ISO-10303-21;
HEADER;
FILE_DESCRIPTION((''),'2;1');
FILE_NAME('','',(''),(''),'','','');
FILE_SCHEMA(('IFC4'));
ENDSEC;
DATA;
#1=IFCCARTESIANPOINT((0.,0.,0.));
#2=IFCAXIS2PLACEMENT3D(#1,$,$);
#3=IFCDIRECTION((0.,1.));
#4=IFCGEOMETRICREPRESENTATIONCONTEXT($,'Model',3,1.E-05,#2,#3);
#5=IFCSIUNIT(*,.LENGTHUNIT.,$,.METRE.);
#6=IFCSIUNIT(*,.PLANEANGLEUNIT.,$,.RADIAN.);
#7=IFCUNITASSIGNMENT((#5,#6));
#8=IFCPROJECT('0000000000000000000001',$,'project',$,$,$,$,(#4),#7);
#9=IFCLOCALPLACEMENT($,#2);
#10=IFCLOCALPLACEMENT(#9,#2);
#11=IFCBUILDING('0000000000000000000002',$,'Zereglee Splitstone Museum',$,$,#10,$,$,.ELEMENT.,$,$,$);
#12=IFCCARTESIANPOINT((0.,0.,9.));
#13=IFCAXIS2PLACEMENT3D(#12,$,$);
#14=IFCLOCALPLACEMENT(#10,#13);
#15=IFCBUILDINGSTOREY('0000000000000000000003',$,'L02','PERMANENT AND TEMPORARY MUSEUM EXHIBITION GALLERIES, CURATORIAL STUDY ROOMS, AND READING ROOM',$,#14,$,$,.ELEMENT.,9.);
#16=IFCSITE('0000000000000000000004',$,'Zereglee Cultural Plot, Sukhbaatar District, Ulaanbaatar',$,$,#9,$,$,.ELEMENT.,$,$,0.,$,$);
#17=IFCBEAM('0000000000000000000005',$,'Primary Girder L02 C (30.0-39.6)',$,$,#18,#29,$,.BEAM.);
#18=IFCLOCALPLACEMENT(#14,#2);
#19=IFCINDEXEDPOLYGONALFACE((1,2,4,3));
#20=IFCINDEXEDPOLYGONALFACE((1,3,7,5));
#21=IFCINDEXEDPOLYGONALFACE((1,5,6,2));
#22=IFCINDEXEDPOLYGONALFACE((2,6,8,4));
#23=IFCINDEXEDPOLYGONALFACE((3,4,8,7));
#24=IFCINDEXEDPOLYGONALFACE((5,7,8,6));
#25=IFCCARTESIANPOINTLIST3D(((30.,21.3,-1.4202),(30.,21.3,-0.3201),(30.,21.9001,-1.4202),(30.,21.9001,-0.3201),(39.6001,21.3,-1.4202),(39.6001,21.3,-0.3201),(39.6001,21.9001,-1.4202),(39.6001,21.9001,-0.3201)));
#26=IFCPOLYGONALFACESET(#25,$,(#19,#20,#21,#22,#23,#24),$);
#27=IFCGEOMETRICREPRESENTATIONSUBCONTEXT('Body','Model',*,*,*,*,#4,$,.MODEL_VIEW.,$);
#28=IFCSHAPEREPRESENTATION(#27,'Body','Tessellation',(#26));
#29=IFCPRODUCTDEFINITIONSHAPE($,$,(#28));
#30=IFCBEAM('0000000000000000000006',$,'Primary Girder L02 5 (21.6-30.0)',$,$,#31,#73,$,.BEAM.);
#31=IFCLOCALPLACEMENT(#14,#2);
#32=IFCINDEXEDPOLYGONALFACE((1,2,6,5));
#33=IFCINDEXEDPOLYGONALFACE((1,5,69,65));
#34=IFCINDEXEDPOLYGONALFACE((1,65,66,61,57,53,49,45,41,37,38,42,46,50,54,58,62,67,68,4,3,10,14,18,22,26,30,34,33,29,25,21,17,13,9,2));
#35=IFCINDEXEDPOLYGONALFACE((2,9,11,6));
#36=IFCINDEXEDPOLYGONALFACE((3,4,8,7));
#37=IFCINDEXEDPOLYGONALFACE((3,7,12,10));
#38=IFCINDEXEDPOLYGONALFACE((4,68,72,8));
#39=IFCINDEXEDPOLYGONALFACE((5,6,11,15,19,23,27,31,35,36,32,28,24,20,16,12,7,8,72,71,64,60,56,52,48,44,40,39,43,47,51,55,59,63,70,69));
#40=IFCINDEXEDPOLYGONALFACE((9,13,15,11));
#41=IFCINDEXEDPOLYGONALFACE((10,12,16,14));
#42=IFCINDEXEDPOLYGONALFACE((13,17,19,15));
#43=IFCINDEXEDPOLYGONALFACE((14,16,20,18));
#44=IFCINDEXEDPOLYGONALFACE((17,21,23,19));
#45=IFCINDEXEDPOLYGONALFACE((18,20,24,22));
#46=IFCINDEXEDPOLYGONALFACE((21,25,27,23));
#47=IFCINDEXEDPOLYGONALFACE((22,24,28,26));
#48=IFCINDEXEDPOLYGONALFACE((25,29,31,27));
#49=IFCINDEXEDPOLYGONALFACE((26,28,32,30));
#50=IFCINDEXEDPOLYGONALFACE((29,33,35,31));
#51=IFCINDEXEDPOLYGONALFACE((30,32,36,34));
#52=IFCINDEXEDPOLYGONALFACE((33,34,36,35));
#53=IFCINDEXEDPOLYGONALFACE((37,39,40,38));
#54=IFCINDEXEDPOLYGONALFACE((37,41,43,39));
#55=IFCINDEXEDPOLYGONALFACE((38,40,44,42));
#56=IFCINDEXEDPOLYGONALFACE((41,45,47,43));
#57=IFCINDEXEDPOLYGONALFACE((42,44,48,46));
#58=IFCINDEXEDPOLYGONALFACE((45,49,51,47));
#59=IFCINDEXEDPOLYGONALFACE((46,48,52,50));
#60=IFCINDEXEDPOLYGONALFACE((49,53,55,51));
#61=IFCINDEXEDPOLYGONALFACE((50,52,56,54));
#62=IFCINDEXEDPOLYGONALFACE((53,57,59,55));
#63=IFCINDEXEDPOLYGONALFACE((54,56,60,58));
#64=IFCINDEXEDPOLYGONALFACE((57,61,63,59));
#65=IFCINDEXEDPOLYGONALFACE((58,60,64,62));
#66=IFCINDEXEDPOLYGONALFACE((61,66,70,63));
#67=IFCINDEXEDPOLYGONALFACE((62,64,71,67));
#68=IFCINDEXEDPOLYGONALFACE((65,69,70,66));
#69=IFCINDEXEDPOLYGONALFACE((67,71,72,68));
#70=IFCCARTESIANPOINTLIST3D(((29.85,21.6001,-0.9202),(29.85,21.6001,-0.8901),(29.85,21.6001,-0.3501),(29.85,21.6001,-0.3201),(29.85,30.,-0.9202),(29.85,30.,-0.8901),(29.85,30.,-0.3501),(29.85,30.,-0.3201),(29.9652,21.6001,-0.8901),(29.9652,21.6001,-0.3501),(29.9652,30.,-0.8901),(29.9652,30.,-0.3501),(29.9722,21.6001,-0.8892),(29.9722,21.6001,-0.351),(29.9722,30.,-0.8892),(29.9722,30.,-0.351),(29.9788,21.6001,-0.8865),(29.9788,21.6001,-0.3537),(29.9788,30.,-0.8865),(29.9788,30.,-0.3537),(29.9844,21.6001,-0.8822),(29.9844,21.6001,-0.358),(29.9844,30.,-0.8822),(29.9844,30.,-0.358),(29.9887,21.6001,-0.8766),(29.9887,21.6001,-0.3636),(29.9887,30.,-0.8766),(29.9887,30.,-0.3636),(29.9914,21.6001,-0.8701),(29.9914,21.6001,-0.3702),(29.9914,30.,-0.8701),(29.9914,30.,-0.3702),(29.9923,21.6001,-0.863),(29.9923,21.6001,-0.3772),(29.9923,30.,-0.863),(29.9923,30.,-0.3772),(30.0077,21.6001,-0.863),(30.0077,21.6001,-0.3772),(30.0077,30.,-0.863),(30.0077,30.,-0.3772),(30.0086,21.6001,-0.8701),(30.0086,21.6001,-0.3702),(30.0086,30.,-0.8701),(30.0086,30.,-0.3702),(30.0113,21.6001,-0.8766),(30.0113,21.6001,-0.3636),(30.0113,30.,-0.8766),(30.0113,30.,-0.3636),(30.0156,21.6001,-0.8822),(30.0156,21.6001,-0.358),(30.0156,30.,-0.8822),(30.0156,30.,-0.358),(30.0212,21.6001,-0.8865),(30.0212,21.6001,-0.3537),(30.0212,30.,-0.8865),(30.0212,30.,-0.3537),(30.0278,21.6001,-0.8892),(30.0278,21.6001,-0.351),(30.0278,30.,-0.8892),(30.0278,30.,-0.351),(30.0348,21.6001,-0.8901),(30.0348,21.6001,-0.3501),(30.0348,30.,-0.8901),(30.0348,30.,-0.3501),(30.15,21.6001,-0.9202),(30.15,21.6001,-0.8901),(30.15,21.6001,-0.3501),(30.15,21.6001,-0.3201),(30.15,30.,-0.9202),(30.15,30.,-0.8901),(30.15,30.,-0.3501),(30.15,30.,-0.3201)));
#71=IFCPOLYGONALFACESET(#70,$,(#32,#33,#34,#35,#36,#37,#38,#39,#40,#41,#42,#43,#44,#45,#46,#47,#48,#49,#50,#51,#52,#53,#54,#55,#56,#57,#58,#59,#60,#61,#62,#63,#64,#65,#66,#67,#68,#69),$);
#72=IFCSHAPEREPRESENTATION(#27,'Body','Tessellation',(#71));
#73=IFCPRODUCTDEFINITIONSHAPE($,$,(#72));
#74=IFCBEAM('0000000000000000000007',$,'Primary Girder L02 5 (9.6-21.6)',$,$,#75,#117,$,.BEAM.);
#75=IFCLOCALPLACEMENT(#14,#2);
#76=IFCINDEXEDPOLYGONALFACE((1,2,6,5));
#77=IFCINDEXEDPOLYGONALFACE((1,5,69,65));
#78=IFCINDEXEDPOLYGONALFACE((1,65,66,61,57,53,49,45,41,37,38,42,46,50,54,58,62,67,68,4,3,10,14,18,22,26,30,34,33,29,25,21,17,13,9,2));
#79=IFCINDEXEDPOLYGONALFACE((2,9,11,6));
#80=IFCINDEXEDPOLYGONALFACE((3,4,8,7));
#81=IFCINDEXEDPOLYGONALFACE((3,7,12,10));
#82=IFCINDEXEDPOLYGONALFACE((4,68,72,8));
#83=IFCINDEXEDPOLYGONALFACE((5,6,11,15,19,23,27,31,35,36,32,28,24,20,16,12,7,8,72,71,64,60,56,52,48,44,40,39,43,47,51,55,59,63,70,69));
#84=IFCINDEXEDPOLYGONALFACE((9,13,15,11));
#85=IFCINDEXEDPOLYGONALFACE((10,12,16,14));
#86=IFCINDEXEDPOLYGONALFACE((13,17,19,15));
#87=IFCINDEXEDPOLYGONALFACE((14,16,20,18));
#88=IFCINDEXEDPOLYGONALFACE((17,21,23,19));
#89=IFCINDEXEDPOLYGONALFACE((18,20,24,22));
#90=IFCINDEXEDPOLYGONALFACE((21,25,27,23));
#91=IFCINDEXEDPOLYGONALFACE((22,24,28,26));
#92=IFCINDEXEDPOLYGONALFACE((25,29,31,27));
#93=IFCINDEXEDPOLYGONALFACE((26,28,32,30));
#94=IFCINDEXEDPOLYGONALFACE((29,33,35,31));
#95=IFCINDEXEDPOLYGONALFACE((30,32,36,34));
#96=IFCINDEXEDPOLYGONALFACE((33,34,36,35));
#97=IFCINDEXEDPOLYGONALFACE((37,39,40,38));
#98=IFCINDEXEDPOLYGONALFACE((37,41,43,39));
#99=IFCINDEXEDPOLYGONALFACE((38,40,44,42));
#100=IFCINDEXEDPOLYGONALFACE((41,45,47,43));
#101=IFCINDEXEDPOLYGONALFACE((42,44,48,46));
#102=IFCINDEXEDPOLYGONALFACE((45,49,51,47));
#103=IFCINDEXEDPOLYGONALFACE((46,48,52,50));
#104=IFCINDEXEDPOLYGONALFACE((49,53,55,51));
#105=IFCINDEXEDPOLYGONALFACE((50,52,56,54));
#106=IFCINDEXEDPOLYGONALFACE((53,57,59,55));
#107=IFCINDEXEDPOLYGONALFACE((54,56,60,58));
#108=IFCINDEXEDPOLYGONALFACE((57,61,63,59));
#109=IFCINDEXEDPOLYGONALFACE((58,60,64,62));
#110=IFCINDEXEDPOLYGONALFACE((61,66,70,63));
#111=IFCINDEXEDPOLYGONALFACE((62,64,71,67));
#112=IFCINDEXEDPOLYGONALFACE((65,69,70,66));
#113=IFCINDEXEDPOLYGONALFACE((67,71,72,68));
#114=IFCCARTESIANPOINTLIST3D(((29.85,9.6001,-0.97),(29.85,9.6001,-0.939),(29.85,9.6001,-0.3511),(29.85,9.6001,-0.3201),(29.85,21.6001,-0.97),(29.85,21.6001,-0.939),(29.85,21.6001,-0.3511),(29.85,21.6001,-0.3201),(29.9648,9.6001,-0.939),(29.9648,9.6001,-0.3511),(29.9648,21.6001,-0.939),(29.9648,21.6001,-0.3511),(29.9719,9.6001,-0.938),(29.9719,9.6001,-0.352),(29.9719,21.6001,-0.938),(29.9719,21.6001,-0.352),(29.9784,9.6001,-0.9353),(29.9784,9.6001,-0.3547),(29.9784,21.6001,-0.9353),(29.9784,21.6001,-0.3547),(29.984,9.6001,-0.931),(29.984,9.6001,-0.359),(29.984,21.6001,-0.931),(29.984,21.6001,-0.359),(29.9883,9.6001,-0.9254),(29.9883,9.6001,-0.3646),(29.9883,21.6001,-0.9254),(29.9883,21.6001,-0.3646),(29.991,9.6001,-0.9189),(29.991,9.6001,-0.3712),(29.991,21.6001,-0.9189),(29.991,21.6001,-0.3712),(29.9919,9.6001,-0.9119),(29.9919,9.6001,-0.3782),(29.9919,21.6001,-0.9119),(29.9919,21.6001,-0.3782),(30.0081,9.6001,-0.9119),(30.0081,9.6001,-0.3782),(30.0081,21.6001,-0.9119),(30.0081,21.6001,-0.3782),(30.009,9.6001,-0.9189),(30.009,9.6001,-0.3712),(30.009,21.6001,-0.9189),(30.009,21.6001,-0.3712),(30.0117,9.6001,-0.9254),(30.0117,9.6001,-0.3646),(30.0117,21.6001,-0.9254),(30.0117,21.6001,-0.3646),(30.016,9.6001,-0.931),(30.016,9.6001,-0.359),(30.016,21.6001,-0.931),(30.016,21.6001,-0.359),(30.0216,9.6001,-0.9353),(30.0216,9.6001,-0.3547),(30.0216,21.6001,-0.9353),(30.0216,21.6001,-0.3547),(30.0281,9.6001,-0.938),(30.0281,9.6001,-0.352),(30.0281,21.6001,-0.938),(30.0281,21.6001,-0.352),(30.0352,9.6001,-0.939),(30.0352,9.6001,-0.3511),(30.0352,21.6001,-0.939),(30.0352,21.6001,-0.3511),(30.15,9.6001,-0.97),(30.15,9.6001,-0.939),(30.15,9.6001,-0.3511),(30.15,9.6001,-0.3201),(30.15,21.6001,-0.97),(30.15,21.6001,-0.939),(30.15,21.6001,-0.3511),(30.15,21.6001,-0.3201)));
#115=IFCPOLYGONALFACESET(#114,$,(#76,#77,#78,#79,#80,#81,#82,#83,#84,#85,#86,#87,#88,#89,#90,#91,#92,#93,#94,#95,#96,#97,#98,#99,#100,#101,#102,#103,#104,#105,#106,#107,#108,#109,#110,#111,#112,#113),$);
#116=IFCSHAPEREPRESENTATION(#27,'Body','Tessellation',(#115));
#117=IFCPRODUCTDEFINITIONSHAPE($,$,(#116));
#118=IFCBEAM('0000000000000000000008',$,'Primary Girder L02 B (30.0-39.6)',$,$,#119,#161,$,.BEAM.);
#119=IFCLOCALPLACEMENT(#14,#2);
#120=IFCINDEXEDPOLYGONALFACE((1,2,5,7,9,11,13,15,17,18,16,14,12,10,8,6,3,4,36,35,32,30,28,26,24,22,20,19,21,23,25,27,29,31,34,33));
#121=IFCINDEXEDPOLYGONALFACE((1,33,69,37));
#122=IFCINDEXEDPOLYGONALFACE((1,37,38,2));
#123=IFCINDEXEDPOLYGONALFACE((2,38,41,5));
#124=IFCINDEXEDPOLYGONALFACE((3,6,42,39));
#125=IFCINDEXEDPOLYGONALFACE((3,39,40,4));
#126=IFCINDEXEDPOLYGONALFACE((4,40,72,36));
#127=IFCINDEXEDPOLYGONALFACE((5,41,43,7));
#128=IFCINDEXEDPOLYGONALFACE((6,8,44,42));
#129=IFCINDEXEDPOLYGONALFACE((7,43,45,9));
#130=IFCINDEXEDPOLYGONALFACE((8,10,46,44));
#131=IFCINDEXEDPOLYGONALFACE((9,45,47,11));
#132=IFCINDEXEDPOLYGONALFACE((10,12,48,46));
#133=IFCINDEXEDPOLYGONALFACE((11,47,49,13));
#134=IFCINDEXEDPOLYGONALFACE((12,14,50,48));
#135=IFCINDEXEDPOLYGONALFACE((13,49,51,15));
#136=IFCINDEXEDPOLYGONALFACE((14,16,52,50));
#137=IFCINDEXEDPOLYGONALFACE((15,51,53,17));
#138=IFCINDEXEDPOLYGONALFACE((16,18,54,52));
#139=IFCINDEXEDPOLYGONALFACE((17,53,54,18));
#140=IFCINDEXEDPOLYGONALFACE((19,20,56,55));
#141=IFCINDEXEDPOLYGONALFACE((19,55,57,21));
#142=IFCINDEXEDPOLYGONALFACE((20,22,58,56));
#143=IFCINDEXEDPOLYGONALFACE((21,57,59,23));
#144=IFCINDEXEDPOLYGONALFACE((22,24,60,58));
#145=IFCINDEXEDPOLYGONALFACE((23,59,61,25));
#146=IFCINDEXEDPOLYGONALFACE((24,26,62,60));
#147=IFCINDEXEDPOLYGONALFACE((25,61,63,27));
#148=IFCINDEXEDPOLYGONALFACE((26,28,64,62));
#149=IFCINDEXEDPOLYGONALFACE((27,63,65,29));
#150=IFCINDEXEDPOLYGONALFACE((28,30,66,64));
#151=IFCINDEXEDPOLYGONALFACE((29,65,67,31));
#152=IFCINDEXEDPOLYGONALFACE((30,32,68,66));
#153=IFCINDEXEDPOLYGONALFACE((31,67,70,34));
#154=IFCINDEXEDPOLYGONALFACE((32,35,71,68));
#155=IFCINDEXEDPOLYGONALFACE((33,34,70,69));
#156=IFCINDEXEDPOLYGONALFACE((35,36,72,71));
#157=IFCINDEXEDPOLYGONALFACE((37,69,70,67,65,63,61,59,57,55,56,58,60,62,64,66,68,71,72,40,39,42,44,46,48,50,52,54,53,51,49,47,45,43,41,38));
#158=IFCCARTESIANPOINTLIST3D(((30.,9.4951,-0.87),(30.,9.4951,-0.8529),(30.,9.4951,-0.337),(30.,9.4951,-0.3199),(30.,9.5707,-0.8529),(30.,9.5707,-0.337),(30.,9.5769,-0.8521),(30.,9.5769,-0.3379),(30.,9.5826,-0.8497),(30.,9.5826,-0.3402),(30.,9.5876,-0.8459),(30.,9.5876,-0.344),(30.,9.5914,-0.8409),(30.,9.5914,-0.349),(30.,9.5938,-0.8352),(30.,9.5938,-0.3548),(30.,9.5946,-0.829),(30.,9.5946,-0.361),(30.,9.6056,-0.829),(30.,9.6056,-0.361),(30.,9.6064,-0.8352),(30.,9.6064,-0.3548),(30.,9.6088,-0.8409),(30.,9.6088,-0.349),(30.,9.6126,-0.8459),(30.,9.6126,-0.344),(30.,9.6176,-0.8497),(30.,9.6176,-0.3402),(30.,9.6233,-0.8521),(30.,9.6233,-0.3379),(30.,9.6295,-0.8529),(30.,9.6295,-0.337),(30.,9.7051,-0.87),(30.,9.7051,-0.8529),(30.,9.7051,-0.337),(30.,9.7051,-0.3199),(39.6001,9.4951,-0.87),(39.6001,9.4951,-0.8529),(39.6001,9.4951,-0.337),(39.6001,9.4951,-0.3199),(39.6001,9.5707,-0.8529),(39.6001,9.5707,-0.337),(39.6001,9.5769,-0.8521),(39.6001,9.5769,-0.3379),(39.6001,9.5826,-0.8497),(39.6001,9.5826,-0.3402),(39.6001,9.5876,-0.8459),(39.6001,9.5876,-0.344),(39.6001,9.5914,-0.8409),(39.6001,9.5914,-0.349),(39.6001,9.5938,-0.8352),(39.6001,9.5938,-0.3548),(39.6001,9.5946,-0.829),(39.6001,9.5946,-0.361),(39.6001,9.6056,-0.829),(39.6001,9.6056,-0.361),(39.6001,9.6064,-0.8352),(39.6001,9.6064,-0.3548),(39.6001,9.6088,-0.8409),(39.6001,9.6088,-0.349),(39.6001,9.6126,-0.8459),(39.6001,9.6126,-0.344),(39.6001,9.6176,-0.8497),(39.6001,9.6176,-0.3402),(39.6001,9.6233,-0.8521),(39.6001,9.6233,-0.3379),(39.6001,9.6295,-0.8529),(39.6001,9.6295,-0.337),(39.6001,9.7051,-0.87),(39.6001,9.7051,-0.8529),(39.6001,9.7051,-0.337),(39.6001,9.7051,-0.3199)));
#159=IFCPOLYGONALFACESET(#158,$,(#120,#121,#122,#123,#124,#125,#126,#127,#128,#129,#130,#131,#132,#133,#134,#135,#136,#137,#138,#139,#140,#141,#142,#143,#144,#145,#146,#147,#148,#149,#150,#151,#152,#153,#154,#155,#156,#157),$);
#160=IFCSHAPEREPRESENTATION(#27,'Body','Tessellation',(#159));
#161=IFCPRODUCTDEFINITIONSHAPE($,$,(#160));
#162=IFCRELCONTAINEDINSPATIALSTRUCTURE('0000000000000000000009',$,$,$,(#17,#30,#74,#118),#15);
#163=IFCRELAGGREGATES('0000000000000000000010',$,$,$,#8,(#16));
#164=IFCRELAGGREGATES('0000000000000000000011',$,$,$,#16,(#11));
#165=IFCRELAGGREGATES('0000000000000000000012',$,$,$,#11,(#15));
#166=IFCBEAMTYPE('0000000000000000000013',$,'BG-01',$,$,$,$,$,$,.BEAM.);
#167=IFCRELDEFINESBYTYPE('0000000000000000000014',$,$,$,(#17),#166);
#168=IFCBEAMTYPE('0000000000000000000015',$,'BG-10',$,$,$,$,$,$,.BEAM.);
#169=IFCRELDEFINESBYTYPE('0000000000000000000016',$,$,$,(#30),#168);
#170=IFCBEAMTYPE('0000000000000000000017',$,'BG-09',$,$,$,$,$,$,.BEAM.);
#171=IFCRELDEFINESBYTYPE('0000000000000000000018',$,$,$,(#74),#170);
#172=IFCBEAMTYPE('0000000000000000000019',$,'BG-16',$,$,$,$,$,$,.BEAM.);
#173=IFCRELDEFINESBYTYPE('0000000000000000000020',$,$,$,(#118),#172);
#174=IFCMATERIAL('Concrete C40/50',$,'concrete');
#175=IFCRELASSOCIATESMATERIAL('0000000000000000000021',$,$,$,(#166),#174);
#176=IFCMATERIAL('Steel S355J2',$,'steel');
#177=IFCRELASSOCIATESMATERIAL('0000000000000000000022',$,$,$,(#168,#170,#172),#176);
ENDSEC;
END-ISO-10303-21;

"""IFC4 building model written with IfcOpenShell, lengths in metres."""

from ifc_helpers import new_model, si_unit, direction, frame, origin, origin_2d, place, context, subcontext, project, spatial, rectangle, i_section, extrude, material, material_profile, profile_set, type_object, element, save


model = new_model("IFC4")

# Units and contexts
model_context = context("Model", 3, precision=1e-05, world=origin(), true_north=direction((0.0, 1.0)))
body_context = subcontext(model_context, "Body", "Model", "MODEL_VIEW")
ifc_project = project(units=[si_unit("LENGTHUNIT", "METRE"), si_unit("PLANEANGLEUNIT", "RADIAN")], contexts=[model_context])

# Site, building, storey
site_placement = place(None, origin())
site = spatial("IfcSite", under=ifc_project, at=site_placement, Name="Zereglee Cultural Plot, Sukhbaatar District, Ulaanbaatar", CompositionType="ELEMENT", RefElevation=0.0)
building_placement = place(site_placement, origin())
building = spatial("IfcBuilding", under=site, at=building_placement, Name="Zereglee Splitstone Museum", CompositionType="ELEMENT")
storey_placement = place(building_placement, frame((0.0, 0.0, 9.0)))
storey = spatial("IfcBuildingStorey", under=building, at=storey_placement, Name="L02", Description="PERMANENT AND TEMPORARY MUSEUM EXHIBITION GALLERIES, CURATORIAL STUDY ROOMS, AND READING ROOM", CompositionType="ELEMENT", Elevation=9.0)

# Shared definitions
ifc_material_1 = material(Name="Steel S355J2", Category="steel")

# Beams
ifc_material_2 = material(Name="Concrete C40/50", Category="concrete")
ifc_material_profile_1 = material_profile(ifc_material_2, rectangle(XDim=0.6001, YDim=1.1001, at=origin_2d()), Name="RC 600x1100")
ifc_profile_set_1 = profile_set([ifc_material_profile_1], Name="Concrete C40/50")
beam_type_1 = type_object("IfcBeamType", Name="BG-01", PredefinedType="BEAM", material=ifc_profile_set_1)
beam_1_placement = place(storey_placement, frame((30.0, 21.6001, -0.8701), z_axis=(1.0, 0.0, 0.0), x_axis=(0.0, 1.0, 0.0)))
element("IfcBeam", 1, at=beam_1_placement, inside=storey, type_object=beam_type_1, Name="Primary Girder L02 C (30.0-39.6)", PredefinedType="BEAM", context=body_context, shape_type="SweptSolid", body=[
    extrude(rectangle(XDim=0.6001, YDim=1.1001, at=origin_2d()), origin(), (0.0, 0.0, 1.0), 9.6001),
])
ifc_material_profile_2 = material_profile(ifc_material_1, i_section(OverallWidth=0.3, OverallDepth=0.6001, WebThickness=0.0154, FlangeThickness=0.03, FilletRadius=0.0271, at=origin_2d()), Name="HE 600 B")
ifc_profile_set_2 = profile_set([ifc_material_profile_2], Name="Steel S355J2")
beam_type_2 = type_object("IfcBeamType", Name="BG-10", PredefinedType="BEAM", material=ifc_profile_set_2)
beam_2_placement = place(storey_placement, frame((30.0, 21.6001, -0.6201), z_axis=(0.0, 1.0, 0.0), x_axis=(-1.0, 0.0, 0.0)))
element("IfcBeam", 2, at=beam_2_placement, inside=storey, type_object=beam_type_2, Name="Primary Girder L02 5 (21.6-30.0)", PredefinedType="BEAM", context=body_context, shape_type="SweptSolid", body=[
    extrude(i_section(OverallWidth=0.3, OverallDepth=0.6001, WebThickness=0.0154, FlangeThickness=0.03, FilletRadius=0.0271, at=origin_2d()), origin(), (0.0, 0.0, 1.0), 8.3999),
])
ifc_material_profile_3 = material_profile(ifc_material_1, i_section(OverallWidth=0.3, OverallDepth=0.6499, WebThickness=0.0161, FlangeThickness=0.031, FilletRadius=0.0271, at=origin_2d()), Name="HE 650 B")
ifc_profile_set_3 = profile_set([ifc_material_profile_3], Name="Steel S355J2")
beam_type_3 = type_object("IfcBeamType", Name="BG-09", PredefinedType="BEAM", material=ifc_profile_set_3)
beam_3_placement = place(storey_placement, frame((30.0, 9.6001, -0.645), z_axis=(0.0, 1.0, 0.0), x_axis=(-1.0, 0.0, 0.0)))
element("IfcBeam", 3, at=beam_3_placement, inside=storey, type_object=beam_type_3, Name="Primary Girder L02 5 (9.6-21.6)", PredefinedType="BEAM", context=body_context, shape_type="SweptSolid", body=[
    extrude(i_section(OverallWidth=0.3, OverallDepth=0.6499, WebThickness=0.0161, FlangeThickness=0.031, FilletRadius=0.0271, at=origin_2d()), origin(), (0.0, 0.0, 1.0), 12.0),
])
ifc_material_profile_4 = material_profile(ifc_material_1, i_section(OverallWidth=0.21, OverallDepth=0.55, WebThickness=0.011, FlangeThickness=0.0171, FilletRadius=0.0239, at=origin_2d()), Name="IPE 550")
ifc_profile_set_4 = profile_set([ifc_material_profile_4], Name="Steel S355J2")
beam_type_4 = type_object("IfcBeamType", Name="BG-16", PredefinedType="BEAM", material=ifc_profile_set_4)
beam_4_placement = place(storey_placement, frame((30.0, 9.6001, -0.595), z_axis=(1.0, 0.0, 0.0), x_axis=(0.0, 1.0, 0.0)))
element("IfcBeam", 4, at=beam_4_placement, inside=storey, type_object=beam_type_4, Name="Primary Girder L02 B (30.0-39.6)", PredefinedType="BEAM", context=body_context, shape_type="SweptSolid", body=[
    extrude(i_section(OverallWidth=0.21, OverallDepth=0.55, WebThickness=0.011, FlangeThickness=0.0171, FilletRadius=0.0239, at=origin_2d()), origin(), (0.0, 0.0, 1.0), 9.6001),
])

save(model, "model.ifc")
